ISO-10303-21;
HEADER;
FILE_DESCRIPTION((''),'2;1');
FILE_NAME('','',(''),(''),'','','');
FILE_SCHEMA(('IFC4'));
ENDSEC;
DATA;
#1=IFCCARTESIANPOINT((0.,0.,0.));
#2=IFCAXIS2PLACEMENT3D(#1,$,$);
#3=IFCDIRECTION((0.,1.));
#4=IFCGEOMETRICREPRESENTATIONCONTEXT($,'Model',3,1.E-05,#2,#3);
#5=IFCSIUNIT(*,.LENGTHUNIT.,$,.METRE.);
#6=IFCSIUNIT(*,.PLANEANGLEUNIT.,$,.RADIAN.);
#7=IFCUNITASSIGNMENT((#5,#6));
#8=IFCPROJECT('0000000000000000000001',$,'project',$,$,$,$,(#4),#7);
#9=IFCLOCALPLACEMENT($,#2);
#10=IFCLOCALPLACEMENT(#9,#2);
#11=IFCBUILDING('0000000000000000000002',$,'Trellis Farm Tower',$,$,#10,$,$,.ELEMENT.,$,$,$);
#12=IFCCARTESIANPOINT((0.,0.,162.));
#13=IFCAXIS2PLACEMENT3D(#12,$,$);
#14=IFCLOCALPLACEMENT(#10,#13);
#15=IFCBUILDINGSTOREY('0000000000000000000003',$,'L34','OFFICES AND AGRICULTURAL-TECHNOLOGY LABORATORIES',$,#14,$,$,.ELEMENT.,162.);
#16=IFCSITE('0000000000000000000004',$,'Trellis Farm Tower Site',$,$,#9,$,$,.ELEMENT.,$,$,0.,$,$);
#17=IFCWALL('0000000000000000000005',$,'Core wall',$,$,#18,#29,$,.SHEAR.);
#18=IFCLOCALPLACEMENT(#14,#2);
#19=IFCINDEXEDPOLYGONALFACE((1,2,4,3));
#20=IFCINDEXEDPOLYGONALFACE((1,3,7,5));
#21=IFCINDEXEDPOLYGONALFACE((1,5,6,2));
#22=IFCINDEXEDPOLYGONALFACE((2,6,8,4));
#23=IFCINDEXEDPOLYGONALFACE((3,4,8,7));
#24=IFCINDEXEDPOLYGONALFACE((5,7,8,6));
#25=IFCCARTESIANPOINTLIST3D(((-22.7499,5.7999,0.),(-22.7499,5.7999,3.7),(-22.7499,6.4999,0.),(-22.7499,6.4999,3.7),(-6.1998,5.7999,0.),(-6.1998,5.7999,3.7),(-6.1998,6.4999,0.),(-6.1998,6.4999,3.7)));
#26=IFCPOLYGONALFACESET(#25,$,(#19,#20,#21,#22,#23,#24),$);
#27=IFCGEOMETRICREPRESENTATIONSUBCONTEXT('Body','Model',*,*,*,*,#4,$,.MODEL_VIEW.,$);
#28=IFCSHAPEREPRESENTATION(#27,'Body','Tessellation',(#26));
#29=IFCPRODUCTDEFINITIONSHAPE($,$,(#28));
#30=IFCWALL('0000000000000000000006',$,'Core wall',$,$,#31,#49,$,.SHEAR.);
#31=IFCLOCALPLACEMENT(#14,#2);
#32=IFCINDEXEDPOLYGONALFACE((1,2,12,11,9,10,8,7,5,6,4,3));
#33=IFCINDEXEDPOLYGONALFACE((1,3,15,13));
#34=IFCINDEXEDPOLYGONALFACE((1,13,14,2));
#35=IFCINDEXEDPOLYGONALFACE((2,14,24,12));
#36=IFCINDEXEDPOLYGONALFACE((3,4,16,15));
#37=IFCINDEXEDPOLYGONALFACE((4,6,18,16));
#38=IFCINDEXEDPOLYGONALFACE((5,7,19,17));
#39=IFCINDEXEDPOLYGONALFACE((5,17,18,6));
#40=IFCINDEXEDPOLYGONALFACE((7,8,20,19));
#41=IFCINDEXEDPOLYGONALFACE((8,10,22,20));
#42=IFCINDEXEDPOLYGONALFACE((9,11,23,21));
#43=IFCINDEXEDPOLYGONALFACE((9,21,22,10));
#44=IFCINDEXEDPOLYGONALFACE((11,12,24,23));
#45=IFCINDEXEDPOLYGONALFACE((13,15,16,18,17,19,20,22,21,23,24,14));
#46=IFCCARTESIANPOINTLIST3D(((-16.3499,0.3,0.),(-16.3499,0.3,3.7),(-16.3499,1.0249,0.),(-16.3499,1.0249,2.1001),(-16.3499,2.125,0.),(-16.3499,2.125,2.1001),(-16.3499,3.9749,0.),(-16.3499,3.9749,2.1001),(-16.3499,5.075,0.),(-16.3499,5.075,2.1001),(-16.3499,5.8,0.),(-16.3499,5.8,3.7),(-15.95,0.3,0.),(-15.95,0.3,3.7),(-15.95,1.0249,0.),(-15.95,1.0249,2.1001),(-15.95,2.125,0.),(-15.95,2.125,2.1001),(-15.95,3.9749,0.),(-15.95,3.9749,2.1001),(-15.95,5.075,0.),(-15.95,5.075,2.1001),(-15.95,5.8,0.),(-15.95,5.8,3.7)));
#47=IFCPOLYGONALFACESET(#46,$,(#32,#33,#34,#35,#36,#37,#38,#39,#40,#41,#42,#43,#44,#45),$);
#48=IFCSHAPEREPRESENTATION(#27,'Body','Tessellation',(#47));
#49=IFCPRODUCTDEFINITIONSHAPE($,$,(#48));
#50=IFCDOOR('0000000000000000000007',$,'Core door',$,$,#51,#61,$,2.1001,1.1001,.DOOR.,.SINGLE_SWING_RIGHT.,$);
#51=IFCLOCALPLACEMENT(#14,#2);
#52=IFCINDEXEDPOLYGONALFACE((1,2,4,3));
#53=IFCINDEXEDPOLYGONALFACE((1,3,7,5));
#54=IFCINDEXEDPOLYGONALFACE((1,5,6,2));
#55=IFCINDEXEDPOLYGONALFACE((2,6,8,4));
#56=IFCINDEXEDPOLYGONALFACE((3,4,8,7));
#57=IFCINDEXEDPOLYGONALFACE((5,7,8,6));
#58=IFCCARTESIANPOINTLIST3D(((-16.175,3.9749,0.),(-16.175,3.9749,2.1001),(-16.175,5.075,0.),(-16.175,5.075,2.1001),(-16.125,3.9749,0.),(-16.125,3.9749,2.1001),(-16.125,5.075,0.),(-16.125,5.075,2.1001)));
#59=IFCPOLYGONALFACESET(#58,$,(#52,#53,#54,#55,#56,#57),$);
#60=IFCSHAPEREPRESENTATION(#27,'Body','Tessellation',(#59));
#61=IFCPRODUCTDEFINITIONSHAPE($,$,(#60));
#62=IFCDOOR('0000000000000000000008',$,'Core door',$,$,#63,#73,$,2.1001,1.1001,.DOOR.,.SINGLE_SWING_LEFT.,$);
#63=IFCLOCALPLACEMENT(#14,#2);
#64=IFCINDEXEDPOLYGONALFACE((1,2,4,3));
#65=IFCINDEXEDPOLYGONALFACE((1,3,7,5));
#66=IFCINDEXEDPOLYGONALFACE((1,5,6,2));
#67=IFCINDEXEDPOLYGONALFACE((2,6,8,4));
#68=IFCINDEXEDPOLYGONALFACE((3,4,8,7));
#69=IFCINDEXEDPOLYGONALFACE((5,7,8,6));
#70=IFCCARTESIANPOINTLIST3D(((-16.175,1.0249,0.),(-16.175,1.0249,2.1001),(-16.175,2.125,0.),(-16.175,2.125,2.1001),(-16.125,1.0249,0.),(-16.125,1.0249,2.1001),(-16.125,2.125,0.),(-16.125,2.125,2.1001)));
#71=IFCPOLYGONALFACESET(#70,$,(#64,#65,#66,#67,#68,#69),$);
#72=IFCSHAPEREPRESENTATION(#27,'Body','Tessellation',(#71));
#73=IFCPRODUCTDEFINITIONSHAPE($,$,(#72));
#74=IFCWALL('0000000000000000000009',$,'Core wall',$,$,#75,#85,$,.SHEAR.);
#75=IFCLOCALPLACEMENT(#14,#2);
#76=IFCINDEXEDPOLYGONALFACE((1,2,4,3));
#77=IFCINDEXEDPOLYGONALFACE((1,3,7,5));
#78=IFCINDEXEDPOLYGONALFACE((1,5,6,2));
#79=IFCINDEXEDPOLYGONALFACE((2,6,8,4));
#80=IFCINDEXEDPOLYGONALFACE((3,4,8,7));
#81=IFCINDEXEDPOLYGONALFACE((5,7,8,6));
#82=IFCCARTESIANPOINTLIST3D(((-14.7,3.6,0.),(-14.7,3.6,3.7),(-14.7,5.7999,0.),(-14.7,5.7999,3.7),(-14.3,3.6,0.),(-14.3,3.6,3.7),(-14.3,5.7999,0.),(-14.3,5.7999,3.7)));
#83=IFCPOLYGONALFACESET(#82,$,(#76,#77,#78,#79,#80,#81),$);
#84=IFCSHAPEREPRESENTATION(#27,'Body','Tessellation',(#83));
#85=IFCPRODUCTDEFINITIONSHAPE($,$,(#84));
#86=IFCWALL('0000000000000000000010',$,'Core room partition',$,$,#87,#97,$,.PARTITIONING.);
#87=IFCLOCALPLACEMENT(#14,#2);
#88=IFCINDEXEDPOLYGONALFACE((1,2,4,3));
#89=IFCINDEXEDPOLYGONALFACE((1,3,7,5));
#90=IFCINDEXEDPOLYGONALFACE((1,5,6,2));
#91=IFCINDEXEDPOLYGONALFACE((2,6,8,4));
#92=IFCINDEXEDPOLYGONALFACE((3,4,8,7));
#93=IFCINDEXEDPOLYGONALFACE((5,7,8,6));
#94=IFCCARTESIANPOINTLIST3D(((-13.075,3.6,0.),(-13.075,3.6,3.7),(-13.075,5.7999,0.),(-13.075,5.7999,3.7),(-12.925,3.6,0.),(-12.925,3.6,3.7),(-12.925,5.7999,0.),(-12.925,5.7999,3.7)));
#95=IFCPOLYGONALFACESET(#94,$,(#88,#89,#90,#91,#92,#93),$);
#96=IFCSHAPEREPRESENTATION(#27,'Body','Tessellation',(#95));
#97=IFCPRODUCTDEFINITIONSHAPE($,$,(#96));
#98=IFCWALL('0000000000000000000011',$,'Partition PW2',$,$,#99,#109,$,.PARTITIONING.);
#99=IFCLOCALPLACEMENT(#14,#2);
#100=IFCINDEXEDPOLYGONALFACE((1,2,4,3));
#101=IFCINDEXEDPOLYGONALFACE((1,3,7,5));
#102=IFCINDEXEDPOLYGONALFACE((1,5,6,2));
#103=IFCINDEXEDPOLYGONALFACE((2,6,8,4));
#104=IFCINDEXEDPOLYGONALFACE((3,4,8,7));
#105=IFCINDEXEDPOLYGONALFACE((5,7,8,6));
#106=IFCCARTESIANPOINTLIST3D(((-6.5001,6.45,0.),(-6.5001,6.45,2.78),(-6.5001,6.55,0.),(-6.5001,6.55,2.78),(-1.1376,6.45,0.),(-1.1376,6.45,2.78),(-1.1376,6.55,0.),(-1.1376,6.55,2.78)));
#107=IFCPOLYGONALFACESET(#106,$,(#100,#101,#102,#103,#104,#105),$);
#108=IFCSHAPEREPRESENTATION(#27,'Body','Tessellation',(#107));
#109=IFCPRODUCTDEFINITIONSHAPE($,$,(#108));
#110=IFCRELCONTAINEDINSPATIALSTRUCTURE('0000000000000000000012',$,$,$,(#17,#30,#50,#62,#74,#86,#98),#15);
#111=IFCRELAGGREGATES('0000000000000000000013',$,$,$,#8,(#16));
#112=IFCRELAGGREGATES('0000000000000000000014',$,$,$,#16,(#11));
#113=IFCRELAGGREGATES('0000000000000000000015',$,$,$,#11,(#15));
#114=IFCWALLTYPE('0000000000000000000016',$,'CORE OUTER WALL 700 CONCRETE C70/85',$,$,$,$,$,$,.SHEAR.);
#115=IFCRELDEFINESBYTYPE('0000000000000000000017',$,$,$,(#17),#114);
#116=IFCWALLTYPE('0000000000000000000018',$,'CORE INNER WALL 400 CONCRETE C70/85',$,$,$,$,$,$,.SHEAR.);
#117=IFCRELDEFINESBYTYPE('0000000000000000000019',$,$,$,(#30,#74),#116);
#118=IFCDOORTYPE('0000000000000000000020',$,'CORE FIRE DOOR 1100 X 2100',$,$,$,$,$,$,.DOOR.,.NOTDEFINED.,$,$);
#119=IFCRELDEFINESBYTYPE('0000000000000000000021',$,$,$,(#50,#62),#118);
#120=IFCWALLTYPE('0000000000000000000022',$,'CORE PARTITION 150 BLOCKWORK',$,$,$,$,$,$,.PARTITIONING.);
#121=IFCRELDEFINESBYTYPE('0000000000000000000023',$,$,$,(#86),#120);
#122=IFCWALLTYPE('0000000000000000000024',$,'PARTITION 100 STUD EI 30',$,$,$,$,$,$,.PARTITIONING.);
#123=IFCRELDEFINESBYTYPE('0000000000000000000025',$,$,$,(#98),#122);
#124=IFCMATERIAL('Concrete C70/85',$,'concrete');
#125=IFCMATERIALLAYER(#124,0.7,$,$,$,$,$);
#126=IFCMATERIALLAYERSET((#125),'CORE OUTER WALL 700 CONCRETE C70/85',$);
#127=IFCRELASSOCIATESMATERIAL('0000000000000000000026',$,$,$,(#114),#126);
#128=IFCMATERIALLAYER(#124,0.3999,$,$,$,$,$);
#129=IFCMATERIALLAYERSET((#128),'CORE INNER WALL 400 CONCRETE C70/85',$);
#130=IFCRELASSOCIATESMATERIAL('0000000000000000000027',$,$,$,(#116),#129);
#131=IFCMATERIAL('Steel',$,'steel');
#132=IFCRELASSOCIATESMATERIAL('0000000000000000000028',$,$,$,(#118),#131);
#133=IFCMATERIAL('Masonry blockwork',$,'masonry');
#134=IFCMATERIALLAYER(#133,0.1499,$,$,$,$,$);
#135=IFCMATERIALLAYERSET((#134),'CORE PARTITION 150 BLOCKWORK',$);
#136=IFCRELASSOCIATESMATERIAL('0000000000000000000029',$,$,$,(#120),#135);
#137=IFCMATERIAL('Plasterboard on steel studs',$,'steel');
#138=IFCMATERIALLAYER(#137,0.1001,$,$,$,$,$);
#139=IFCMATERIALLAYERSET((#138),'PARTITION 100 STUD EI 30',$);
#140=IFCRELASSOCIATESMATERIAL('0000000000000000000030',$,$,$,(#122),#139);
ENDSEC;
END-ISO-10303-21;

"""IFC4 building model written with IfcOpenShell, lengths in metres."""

from ifc_helpers import new_model, si_unit, direction, frame, frame_2d, origin, place, context, subcontext, project, spatial, rectangle, extrude, source, transform, mapped, material, layer, layer_set, type_object, element, fill, save


model = new_model("IFC4")

# Units and contexts
model_context = context("Model", 3, precision=1e-05, world=origin(), true_north=direction((0.0, 1.0)))
body_context = subcontext(model_context, "Body", "Model", "MODEL_VIEW")
ifc_project = project(units=[si_unit("LENGTHUNIT", "METRE"), si_unit("PLANEANGLEUNIT", "RADIAN")], contexts=[model_context])

# Site, building, storey
site_placement = place(None, origin())
site = spatial("IfcSite", under=ifc_project, at=site_placement, Name="Trellis Farm Tower Site", CompositionType="ELEMENT", RefElevation=0.0)
building_placement = place(site_placement, origin())
building = spatial("IfcBuilding", under=site, at=building_placement, Name="Trellis Farm Tower", CompositionType="ELEMENT")
storey_placement = place(building_placement, frame((0.0, 0.0, 162.0)))
storey = spatial("IfcBuildingStorey", under=building, at=storey_placement, Name="L34", Description="OFFICES AND AGRICULTURAL-TECHNOLOGY LABORATORIES", CompositionType="ELEMENT", Elevation=162.0)

# Shared definitions
ifc_material_1 = material(Name="Concrete C70/85", Category="concrete")

# Shared definitions
ifc_layer_1 = layer(ifc_material_1, 0.7)
ifc_layer_set_1 = layer_set([ifc_layer_1], Name="CORE OUTER WALL 700 CONCRETE C70/85")
wall_type_1 = type_object("IfcWallType", Name="CORE OUTER WALL 700 CONCRETE C70/85", PredefinedType="SHEAR", material=ifc_layer_set_1)
ifc_material_2 = material(Name="Steel", Category="steel")

# Wall
shared_shape_1 = source(origin(), body_context, "Body", "SweptSolid", [
    extrude(rectangle(XDim=16.55, YDim=0.7, at=frame_2d((8.2749, 0.0))), origin(), (0.0, 0.0, 1.0), 3.7),
])
wall_1_placement = place(storey_placement, frame((-6.2, 6.1499, 0.0), z_axis=(0.0, 0.0, 1.0), x_axis=(-1.0, 0.0, 0.0)))
element("IfcWall", 1, at=wall_1_placement, inside=storey, type_object=wall_type_1, Name="Core wall", PredefinedType="SHEAR", context=body_context, shape_type="MappedRepresentation", body=[
    mapped(shared_shape_1, transform((0.0, 0.0, 0.0))),
])

# Wall, openings, doors
ifc_layer_2 = layer(ifc_material_1, 0.3999)
ifc_layer_set_2 = layer_set([ifc_layer_2], Name="CORE INNER WALL 400 CONCRETE C70/85")
wall_type_2 = type_object("IfcWallType", Name="CORE INNER WALL 400 CONCRETE C70/85", PredefinedType="SHEAR", material=ifc_layer_set_2)
shared_shape_2 = source(origin(), body_context, "Body", "SweptSolid", [
    extrude(rectangle(XDim=5.5, YDim=0.3999, at=frame_2d((2.75, 0.0))), origin(), (0.0, 0.0, 1.0), 3.7),
])
wall_2_placement = place(storey_placement, frame((-16.1499, 5.8, 0.0), z_axis=(0.0, 0.0, 1.0), x_axis=(0.0, -1.0, 0.0)))
wall_2 = element("IfcWall", 2, at=wall_2_placement, inside=storey, type_object=wall_type_2, Name="Core wall", PredefinedType="SHEAR", context=body_context, shape_type="MappedRepresentation", body=[
    mapped(shared_shape_2, transform((0.0, 0.0, 0.0))),
])
shared_shape_3 = source(origin(), body_context, "Body", "SweptSolid", [
    extrude(rectangle(XDim=1.1001, YDim=2.1001, at=frame_2d((0.55, 1.05))), frame((0.0, 0.21, 0.0), z_axis=(0.0, -1.0, 0.0), x_axis=(1.0, 0.0, 0.0)), (0.0, 0.0, 1.0), 0.4199),
])
opening_1_placement = place(wall_2_placement, frame((0.7251, 0.0, 0.0)))
opening_1 = element("IfcOpeningElement", 3, at=opening_1_placement, cuts=wall_2, PredefinedType="OPENING", context=body_context, shape_type="MappedRepresentation", body=[
    mapped(shared_shape_3, transform((0.0, 0.0, 0.0))),
])
opening_2_placement = place(wall_2_placement, frame((3.675, 0.0, 0.0)))
opening_2 = element("IfcOpeningElement", 4, at=opening_2_placement, cuts=wall_2, PredefinedType="OPENING", context=body_context, shape_type="MappedRepresentation", body=[
    mapped(shared_shape_3, transform((0.0, 0.0, 0.0))),
])
door_type_1 = type_object("IfcDoorType", Name="CORE FIRE DOOR 1100 X 2100", OperationType="NOTDEFINED", PredefinedType="DOOR", material=ifc_material_2)
shared_shape_4 = source(origin(), body_context, "Body", "SweptSolid", [
    extrude(rectangle(XDim=1.1001, YDim=2.1001, at=frame_2d((0.55, 1.05))), frame((0.0, 0.0249, 0.0), z_axis=(0.0, -1.0, 0.0), x_axis=(1.0, 0.0, 0.0)), (0.0, 0.0, 1.0), 0.05),
])
door_1_placement = place(opening_1_placement, origin())
door_1 = element("IfcDoor", 5, at=door_1_placement, inside=storey, type_object=door_type_1, Name="Core door", OperationType="SINGLE_SWING_RIGHT", OverallHeight=2.1001, OverallWidth=1.1001, PredefinedType="DOOR", context=body_context, shape_type="MappedRepresentation", body=[
    mapped(shared_shape_4, transform((0.0, 0.0, 0.0))),
])
fill(opening_1, door_1)
door_2_placement = place(opening_2_placement, origin())
door_2 = element("IfcDoor", 6, at=door_2_placement, inside=storey, type_object=door_type_1, Name="Core door", OperationType="SINGLE_SWING_LEFT", OverallHeight=2.1001, OverallWidth=1.1001, PredefinedType="DOOR", context=body_context, shape_type="MappedRepresentation", body=[
    mapped(shared_shape_4, transform((0.0, 0.0, 0.0))),
])
fill(opening_2, door_2)

# Walls
shared_shape_5 = source(origin(), body_context, "Body", "SweptSolid", [
    extrude(rectangle(XDim=2.2, YDim=0.3999, at=frame_2d((1.1001, 0.0))), origin(), (0.0, 0.0, 1.0), 3.7),
])
wall_3_placement = place(storey_placement, frame((-14.5, 5.8, 0.0), z_axis=(0.0, 0.0, 1.0), x_axis=(0.0, -1.0, 0.0)))
element("IfcWall", 7, at=wall_3_placement, inside=storey, type_object=wall_type_2, Name="Core wall", PredefinedType="SHEAR", context=body_context, shape_type="MappedRepresentation", body=[
    mapped(shared_shape_5, transform((0.0, 0.0, 0.0))),
])
ifc_material_3 = material(Name="Masonry blockwork", Category="masonry")
ifc_layer_3 = layer(ifc_material_3, 0.1499)
ifc_layer_set_3 = layer_set([ifc_layer_3], Name="CORE PARTITION 150 BLOCKWORK")
wall_type_3 = type_object("IfcWallType", Name="CORE PARTITION 150 BLOCKWORK", PredefinedType="PARTITIONING", material=ifc_layer_set_3)
shared_shape_6 = source(origin(), body_context, "Body", "SweptSolid", [
    extrude(rectangle(XDim=2.2, YDim=0.1499, at=frame_2d((1.1001, 0.0))), origin(), (0.0, 0.0, 1.0), 3.7),
])
wall_4_placement = place(storey_placement, frame((-13.0, 5.8, 0.0), z_axis=(0.0, 0.0, 1.0), x_axis=(0.0, -1.0, 0.0)))
element("IfcWall", 8, at=wall_4_placement, inside=storey, type_object=wall_type_3, Name="Core room partition", PredefinedType="PARTITIONING", context=body_context, shape_type="MappedRepresentation", body=[
    mapped(shared_shape_6, transform((0.0, 0.0, 0.0))),
])
ifc_material_4 = material(Name="Plasterboard on steel studs", Category="steel")
ifc_layer_4 = layer(ifc_material_4, 0.1001)
ifc_layer_set_4 = layer_set([ifc_layer_4], Name="PARTITION 100 STUD EI 30")
wall_type_4 = type_object("IfcWallType", Name="PARTITION 100 STUD EI 30", PredefinedType="PARTITIONING", material=ifc_layer_set_4)
shared_shape_7 = source(origin(), body_context, "Body", "SweptSolid", [
    extrude(rectangle(XDim=5.3625, YDim=0.1001, at=frame_2d((2.6812, 0.0))), origin(), (0.0, 0.0, 1.0), 2.78),
])
wall_5_placement = place(storey_placement, frame((-6.5, 6.5, 0.0), z_axis=(0.0, 0.0, 1.0), x_axis=(1.0, 0.0, 0.0)))
element("IfcWall", 9, at=wall_5_placement, inside=storey, type_object=wall_type_4, Name="Partition PW2", PredefinedType="PARTITIONING", context=body_context, shape_type="MappedRepresentation", body=[
    mapped(shared_shape_7, transform((0.0, 0.0, 0.0))),
])

save(model, "model.ifc")
